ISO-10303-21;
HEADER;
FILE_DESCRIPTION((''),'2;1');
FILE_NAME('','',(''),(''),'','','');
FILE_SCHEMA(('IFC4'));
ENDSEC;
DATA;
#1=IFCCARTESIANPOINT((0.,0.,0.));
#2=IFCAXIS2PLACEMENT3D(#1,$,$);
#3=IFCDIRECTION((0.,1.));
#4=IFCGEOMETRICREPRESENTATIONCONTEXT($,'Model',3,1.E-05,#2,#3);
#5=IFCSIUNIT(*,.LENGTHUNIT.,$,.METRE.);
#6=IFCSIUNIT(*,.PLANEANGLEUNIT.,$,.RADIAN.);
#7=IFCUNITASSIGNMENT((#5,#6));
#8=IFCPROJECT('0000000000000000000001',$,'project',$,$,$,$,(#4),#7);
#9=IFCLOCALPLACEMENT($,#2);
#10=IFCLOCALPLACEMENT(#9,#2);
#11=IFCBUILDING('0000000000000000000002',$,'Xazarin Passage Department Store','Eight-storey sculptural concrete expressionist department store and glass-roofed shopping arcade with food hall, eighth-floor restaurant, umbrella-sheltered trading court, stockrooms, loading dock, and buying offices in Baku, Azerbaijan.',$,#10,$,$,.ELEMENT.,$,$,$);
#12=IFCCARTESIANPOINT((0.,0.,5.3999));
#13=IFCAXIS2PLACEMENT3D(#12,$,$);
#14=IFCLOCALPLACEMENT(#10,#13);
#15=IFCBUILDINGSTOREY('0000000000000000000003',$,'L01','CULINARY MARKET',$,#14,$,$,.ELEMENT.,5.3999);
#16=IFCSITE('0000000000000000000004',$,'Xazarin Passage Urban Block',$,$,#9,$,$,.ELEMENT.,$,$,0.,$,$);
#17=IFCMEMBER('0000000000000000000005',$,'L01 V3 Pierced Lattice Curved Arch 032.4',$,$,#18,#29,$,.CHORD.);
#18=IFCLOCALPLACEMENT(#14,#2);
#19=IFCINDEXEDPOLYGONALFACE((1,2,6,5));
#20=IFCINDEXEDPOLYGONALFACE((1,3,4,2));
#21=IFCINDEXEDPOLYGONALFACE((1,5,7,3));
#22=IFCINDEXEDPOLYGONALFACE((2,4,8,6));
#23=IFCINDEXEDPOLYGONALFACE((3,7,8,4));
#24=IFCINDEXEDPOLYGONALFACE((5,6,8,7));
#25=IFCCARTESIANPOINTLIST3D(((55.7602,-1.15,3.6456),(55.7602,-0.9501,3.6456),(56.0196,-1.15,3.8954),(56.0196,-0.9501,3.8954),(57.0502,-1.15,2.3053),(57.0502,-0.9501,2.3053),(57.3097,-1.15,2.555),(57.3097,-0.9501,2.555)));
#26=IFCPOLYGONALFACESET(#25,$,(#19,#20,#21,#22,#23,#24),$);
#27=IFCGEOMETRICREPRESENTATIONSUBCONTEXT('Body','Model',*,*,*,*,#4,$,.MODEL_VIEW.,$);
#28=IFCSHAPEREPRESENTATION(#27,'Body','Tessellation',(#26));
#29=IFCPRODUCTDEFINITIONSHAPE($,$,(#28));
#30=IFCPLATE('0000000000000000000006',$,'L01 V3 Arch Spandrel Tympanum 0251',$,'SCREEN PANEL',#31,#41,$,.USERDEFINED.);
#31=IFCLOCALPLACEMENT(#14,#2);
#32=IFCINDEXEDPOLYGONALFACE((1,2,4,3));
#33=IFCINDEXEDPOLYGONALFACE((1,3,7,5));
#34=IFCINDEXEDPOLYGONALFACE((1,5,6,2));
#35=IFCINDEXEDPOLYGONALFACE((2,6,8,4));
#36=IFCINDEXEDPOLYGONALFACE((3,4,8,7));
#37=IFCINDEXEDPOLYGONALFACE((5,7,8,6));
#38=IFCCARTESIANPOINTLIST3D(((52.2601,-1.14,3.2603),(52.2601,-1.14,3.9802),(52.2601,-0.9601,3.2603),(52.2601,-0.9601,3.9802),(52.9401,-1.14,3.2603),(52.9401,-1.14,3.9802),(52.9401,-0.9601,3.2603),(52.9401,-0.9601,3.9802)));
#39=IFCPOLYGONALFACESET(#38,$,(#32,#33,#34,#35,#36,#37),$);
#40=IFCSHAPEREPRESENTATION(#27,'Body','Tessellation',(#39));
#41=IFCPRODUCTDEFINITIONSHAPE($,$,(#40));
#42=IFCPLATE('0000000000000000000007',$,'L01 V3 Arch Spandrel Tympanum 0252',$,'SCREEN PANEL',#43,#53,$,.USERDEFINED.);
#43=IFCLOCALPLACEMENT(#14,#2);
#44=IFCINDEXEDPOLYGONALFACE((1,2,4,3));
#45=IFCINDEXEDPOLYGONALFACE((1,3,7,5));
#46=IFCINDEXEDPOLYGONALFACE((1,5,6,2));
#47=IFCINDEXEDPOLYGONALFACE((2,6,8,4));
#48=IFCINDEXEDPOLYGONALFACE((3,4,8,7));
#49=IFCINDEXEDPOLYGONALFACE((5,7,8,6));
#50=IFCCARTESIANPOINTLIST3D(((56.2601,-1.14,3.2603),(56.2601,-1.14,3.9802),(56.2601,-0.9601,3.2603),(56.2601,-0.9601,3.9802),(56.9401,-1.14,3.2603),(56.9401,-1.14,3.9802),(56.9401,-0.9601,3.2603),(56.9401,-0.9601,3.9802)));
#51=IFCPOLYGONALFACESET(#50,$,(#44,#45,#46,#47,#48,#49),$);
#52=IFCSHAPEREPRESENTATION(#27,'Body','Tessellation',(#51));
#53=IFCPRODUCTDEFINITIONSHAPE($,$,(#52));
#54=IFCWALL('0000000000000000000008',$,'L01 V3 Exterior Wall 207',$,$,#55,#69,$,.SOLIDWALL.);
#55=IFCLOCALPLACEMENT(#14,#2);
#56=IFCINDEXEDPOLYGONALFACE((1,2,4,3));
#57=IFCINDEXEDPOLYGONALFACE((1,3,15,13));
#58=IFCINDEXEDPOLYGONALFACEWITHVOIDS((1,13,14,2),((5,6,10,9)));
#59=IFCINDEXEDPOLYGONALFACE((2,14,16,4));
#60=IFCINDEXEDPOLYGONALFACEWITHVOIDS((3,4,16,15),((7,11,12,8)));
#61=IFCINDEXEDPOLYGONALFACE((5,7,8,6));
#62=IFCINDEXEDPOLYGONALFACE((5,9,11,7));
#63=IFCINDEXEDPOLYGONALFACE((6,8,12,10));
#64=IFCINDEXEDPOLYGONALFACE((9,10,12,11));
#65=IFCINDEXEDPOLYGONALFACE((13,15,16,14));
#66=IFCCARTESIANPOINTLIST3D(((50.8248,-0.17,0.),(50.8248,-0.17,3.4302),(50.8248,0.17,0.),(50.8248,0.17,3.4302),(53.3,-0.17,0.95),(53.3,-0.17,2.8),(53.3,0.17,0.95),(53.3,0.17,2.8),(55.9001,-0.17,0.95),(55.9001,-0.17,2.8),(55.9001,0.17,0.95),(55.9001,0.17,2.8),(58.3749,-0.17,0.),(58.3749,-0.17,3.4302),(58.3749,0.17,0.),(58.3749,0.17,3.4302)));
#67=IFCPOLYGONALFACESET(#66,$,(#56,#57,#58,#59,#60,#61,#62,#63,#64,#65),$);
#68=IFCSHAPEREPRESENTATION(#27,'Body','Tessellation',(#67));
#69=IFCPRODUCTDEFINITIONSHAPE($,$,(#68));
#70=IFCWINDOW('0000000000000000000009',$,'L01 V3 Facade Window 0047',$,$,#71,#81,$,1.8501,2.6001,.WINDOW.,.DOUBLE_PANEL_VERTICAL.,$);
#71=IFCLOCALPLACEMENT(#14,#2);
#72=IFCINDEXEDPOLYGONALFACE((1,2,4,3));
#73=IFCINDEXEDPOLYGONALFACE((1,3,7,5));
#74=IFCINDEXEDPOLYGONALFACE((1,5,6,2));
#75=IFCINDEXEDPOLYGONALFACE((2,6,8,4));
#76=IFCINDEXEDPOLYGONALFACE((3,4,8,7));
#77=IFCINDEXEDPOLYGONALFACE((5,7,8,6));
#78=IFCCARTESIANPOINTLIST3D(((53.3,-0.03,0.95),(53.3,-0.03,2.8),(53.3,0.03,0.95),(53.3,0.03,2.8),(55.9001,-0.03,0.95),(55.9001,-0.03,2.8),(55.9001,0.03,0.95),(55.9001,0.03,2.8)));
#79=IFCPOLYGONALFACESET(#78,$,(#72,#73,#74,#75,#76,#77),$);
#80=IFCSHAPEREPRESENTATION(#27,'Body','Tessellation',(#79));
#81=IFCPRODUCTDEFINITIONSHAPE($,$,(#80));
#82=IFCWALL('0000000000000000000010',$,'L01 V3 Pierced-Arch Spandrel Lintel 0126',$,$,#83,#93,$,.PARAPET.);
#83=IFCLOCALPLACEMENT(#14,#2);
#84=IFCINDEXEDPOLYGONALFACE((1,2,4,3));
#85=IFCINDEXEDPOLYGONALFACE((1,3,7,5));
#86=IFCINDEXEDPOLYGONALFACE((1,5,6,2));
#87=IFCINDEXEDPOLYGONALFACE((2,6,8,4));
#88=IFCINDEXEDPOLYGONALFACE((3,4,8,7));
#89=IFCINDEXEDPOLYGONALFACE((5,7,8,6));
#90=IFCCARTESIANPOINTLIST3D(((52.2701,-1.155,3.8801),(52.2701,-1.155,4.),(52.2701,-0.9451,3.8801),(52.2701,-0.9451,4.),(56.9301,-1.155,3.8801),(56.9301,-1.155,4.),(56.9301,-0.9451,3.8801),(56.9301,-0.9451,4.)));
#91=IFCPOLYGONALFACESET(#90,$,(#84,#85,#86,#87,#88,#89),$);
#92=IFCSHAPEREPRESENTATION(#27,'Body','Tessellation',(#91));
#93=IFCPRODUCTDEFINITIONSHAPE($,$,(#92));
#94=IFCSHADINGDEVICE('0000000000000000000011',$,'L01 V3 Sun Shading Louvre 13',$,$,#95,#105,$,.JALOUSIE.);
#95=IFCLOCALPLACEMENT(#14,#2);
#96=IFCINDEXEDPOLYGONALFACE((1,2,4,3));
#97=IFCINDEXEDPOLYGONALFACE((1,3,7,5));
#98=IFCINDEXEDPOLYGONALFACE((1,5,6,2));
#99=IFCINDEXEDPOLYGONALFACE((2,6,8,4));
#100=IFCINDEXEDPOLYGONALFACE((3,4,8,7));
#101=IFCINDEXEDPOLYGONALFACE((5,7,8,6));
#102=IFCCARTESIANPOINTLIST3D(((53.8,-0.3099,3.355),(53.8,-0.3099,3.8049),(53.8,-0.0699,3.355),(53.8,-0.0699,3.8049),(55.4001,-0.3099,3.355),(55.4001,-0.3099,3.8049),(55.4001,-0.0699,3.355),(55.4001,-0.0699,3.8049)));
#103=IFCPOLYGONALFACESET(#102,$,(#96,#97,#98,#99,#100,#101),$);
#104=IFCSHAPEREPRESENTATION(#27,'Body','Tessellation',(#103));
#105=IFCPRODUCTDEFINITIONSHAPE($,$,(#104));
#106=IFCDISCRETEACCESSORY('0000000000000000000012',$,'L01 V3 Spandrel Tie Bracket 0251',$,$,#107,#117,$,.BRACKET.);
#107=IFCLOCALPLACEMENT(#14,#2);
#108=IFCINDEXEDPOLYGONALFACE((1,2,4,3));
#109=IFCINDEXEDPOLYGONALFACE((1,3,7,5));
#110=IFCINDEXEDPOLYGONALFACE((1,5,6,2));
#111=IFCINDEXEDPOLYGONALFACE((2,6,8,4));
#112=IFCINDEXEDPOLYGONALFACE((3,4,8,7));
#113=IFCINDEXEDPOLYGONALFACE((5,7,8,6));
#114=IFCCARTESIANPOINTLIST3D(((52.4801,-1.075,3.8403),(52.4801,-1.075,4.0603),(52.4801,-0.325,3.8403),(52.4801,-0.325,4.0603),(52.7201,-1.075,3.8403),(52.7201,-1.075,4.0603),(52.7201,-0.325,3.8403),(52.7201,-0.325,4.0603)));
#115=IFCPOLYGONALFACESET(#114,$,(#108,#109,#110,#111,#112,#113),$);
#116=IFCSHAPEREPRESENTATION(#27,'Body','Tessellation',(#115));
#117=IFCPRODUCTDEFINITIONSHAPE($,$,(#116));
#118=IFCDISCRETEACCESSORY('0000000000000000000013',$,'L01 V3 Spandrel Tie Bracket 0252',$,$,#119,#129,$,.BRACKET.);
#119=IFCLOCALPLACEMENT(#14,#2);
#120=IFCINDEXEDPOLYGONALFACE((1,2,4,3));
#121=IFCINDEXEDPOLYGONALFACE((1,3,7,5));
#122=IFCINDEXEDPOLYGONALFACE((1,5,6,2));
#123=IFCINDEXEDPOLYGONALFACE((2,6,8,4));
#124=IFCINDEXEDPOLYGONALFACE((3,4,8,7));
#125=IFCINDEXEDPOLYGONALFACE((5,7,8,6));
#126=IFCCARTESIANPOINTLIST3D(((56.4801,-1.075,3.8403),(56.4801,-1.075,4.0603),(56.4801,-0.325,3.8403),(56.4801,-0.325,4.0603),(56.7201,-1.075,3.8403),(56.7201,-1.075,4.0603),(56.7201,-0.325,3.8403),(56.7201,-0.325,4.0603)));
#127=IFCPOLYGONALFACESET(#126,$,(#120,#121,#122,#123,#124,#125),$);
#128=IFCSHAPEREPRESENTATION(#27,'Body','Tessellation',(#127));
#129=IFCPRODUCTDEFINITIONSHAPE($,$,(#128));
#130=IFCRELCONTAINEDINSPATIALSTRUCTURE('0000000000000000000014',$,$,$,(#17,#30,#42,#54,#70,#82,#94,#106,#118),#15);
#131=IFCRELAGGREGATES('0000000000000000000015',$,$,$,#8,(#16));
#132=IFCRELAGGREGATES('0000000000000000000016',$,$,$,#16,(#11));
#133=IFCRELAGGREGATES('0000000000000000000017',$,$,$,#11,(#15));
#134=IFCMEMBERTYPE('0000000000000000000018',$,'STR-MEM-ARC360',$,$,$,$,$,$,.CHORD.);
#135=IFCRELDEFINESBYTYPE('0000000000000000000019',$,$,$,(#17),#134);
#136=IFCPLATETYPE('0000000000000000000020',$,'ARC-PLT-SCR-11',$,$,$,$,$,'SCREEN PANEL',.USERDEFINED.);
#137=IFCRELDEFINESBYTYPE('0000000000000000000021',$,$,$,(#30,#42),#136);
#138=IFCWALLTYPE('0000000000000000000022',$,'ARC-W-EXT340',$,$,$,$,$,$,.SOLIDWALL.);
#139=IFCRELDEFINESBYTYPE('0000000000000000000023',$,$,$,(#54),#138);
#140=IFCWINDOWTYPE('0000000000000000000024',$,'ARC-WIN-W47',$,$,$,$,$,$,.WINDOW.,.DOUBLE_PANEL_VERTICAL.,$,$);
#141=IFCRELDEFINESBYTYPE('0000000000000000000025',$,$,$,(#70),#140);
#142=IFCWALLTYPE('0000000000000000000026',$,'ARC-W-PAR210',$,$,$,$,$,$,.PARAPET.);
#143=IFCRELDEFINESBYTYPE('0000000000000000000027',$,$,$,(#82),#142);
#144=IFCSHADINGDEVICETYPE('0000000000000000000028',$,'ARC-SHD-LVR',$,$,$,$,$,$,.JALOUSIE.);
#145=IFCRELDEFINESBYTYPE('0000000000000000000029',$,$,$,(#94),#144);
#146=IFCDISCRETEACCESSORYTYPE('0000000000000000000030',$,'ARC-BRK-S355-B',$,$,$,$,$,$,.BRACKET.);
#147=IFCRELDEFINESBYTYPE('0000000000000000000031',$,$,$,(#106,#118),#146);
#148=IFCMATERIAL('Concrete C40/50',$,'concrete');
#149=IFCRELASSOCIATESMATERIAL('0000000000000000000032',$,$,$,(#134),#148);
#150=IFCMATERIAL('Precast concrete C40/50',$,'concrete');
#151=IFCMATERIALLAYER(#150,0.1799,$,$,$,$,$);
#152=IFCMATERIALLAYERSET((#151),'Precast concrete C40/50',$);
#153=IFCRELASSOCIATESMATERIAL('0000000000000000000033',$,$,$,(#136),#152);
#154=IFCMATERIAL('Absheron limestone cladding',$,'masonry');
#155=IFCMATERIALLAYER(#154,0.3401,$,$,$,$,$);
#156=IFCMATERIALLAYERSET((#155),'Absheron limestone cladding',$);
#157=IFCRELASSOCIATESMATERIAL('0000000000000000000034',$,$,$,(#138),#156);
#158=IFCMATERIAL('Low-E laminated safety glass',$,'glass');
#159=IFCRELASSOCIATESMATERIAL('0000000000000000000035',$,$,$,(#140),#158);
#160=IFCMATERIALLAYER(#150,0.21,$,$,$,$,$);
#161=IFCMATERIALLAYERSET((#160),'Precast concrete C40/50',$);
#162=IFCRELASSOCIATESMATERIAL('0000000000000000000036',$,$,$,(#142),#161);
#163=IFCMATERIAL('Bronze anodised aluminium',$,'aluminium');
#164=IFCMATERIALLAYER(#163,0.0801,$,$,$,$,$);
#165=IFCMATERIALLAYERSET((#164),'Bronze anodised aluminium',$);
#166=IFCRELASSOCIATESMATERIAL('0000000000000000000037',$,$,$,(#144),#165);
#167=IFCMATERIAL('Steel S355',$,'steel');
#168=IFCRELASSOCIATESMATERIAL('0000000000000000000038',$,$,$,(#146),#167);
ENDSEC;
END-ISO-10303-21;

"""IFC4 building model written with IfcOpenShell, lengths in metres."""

from ifc_helpers import new_model, si_unit, direction, frame, frame_2d, origin, origin_2d, place, context, subcontext, project, spatial, rectangle, extrude, material, layer, layer_set, material_profile, profile_set, type_object, element, fill, save


model = new_model("IFC4")

# Units and contexts
model_context = context("Model", 3, precision=1e-05, world=origin(), true_north=direction((0.0, 1.0)))
body_context = subcontext(model_context, "Body", "Model", "MODEL_VIEW")
ifc_project = project(units=[si_unit("LENGTHUNIT", "METRE"), si_unit("PLANEANGLEUNIT", "RADIAN")], contexts=[model_context])

# Site, building, storey
site_placement = place(None, origin())
site = spatial("IfcSite", under=ifc_project, at=site_placement, Name="Xazarin Passage Urban Block", CompositionType="ELEMENT", RefElevation=0.0)
building_placement = place(site_placement, origin())
building = spatial("IfcBuilding", under=site, at=building_placement, Name="Xazarin Passage Department Store", Description="Eight-storey sculptural concrete expressionist department store and glass-roofed shopping arcade with food hall, eighth-floor restaurant, umbrella-sheltered trading court, stockrooms, loading dock, and buying offices in Baku, Azerbaijan.", CompositionType="ELEMENT")
storey_placement = place(building_placement, frame((0.0, 0.0, 5.3999)))
storey = spatial("IfcBuildingStorey", under=building, at=storey_placement, Name="L01", Description="CULINARY MARKET", CompositionType="ELEMENT", Elevation=5.3999)

# Shared definitions
ifc_material_1 = material(Name="Concrete C40/50", Category="concrete")

# Shared definitions
ifc_material_2 = material(Name="Bronze anodised aluminium", Category="aluminium")

# Member
ifc_material_profile_1 = material_profile(ifc_material_1, rectangle(XDim=0.2, YDim=0.3601, at=origin_2d()), Name="RC 200x360")
ifc_profile_set_1 = profile_set([ifc_material_profile_1], Name="Concrete C40/50")
member_type_1 = type_object("IfcMemberType", Name="STR-MEM-ARC360", PredefinedType="CHORD", material=ifc_profile_set_1)
member_1_placement = place(storey_placement, frame((55.8899, -1.05, 3.7705), z_axis=(0.69346, 0.0, -0.720495), x_axis=(0.0, 1.0, 0.0)))
element("IfcMember", 1, at=member_1_placement, inside=storey, type_object=member_type_1, Name="L01 V3 Pierced Lattice Curved Arch 032.4", PredefinedType="CHORD", context=body_context, shape_type="SweptSolid", body=[
    extrude(rectangle(XDim=0.2, YDim=0.3601, at=origin_2d()), origin(), (0.0, 0.0, 1.0), 1.8604),
])

# Plates
ifc_material_3 = material(Name="Precast concrete C40/50", Category="concrete")
ifc_layer_1 = layer(ifc_material_3, 0.1799)
ifc_layer_set_1 = layer_set([ifc_layer_1], Name="Precast concrete C40/50")
plate_type = type_object("IfcPlateType", Name="ARC-PLT-SCR-11", ElementType="SCREEN PANEL", PredefinedType="USERDEFINED", material=ifc_layer_set_1)
for number, where, z_axis, x_axis, name in (
    (2, (52.6001, -1.05, 3.2603), (0.0, 0.0, 1.0), (1.0, 0.0, 0.0), "L01 V3 Arch Spandrel Tympanum 0251"),
    (3, (56.6001, -1.05, 3.2603), (0.0, 0.0, 1.0), (1.0, 0.0, 0.0), "L01 V3 Arch Spandrel Tympanum 0252"),
):
    element("IfcPlate", number, at=place(storey_placement, frame(where, z_axis=z_axis, x_axis=x_axis)), inside=storey, type_object=plate_type, Name=name, ObjectType="SCREEN PANEL", PredefinedType="USERDEFINED", context=body_context, shape_type="SweptSolid", body=[
        extrude(rectangle(XDim=0.6799, YDim=0.1799, at=origin_2d()), origin(), (0.0, 0.0, 1.0), 0.72),
    ])

# Wall, opening, window
ifc_material_4 = material(Name="Absheron limestone cladding", Category="masonry")
ifc_layer_2 = layer(ifc_material_4, 0.3401)
ifc_layer_set_2 = layer_set([ifc_layer_2], Name="Absheron limestone cladding")
wall_type_1 = type_object("IfcWallType", Name="ARC-W-EXT340", PredefinedType="SOLIDWALL", material=ifc_layer_set_2)
wall_1_placement = place(storey_placement, frame((50.825, 0.0, 0.0), z_axis=(0.0, 0.0, 1.0), x_axis=(1.0, 0.0, 0.0)))
wall_1 = element("IfcWall", 4, at=wall_1_placement, inside=storey, type_object=wall_type_1, Name="L01 V3 Exterior Wall 207", PredefinedType="SOLIDWALL", context=body_context, shape_type="SweptSolid", body=[
    extrude(rectangle(XDim=7.55, YDim=0.3401, at=frame_2d((3.7749, 0.0))), origin(), (0.0, 0.0, 1.0), 3.4302),
])
opening_placement = place(wall_1_placement, frame((2.4751, 0.0, 0.95)))
opening = element("IfcOpeningElement", 5, at=opening_placement, cuts=wall_1, PredefinedType="OPENING", context=body_context, shape_type="SweptSolid", body=[
    extrude(rectangle(XDim=2.6001, YDim=1.8501, at=frame_2d((1.3, 0.925))), frame((0.0, 0.1799, 0.0), z_axis=(0.0, -1.0, 0.0), x_axis=(1.0, 0.0, 0.0)), (0.0, 0.0, 1.0), 0.3601),
])
ifc_material_5 = material(Name="Low-E laminated safety glass", Category="glass")
window_type = type_object("IfcWindowType", Name="ARC-WIN-W47", PartitioningType="DOUBLE_PANEL_VERTICAL", PredefinedType="WINDOW", material=ifc_material_5)
window_placement = place(opening_placement, origin())
window = element("IfcWindow", 6, at=window_placement, inside=storey, type_object=window_type, Name="L01 V3 Facade Window 0047", OverallHeight=1.8501, OverallWidth=2.6001, PartitioningType="DOUBLE_PANEL_VERTICAL", PredefinedType="WINDOW", context=body_context, shape_type="SweptSolid", body=[
    extrude(rectangle(XDim=2.6001, YDim=1.8501, at=frame_2d((1.3, 0.925))), frame((0.0, 0.03, 0.0), z_axis=(0.0, -1.0, 0.0), x_axis=(1.0, 0.0, 0.0)), (0.0, 0.0, 1.0), 0.0601),
])
fill(opening, window)

# Wall
ifc_layer_3 = layer(ifc_material_3, 0.21)
ifc_layer_set_3 = layer_set([ifc_layer_3], Name="Precast concrete C40/50")
wall_type_2 = type_object("IfcWallType", Name="ARC-W-PAR210", PredefinedType="PARAPET", material=ifc_layer_set_3)
wall_2_placement = place(storey_placement, frame((52.27, -1.05, 3.8801), z_axis=(0.0, 0.0, 1.0), x_axis=(1.0, 0.0, 0.0)))
element("IfcWall", 7, at=wall_2_placement, inside=storey, type_object=wall_type_2, Name="L01 V3 Pierced-Arch Spandrel Lintel 0126", PredefinedType="PARAPET", context=body_context, shape_type="SweptSolid", body=[
    extrude(rectangle(XDim=4.6599, YDim=0.21, at=frame_2d((2.3301, 0.0))), origin(), (0.0, 0.0, 1.0), 0.1199),
])

# Shading device
ifc_layer_4 = layer(ifc_material_2, 0.0801)
ifc_layer_set_4 = layer_set([ifc_layer_4], Name="Bronze anodised aluminium")
shading_device_type = type_object("IfcShadingDeviceType", Name="ARC-SHD-LVR", PredefinedType="JALOUSIE", material=ifc_layer_set_4)
shading_device_placement = place(storey_placement, frame((54.6001, -0.1899, 3.355), z_axis=(0.0, 0.0, 1.0), x_axis=(1.0, 0.0, 0.0)))
element("IfcShadingDevice", 8, at=shading_device_placement, inside=storey, type_object=shading_device_type, Name="L01 V3 Sun Shading Louvre 13", PredefinedType="JALOUSIE", context=body_context, shape_type="SweptSolid", body=[
    extrude(rectangle(XDim=1.6001, YDim=0.24, at=origin_2d()), origin(), (0.0, 0.0, 1.0), 0.45),
])

# Discrete accessories
ifc_material_6 = material(Name="Steel S355", Category="steel")
discrete_accessory_type = type_object("IfcDiscreteAccessoryType", Name="ARC-BRK-S355-B", PredefinedType="BRACKET", material=ifc_material_6)
for number, where, z_axis, x_axis, name in (
    (9, (52.6001, -0.7, 3.8403), (0.0, 0.0, 1.0), (1.0, 0.0, 0.0), "L01 V3 Spandrel Tie Bracket 0251"),
    (10, (56.6001, -0.7, 3.8403), (0.0, 0.0, 1.0), (1.0, 0.0, 0.0), "L01 V3 Spandrel Tie Bracket 0252"),
):
    element("IfcDiscreteAccessory", number, at=place(storey_placement, frame(where, z_axis=z_axis, x_axis=x_axis)), inside=storey, type_object=discrete_accessory_type, Name=name, PredefinedType="BRACKET", context=body_context, shape_type="SweptSolid", body=[
        extrude(rectangle(XDim=0.24, YDim=0.75, at=origin_2d()), origin(), (0.0, 0.0, 1.0), 0.22),
    ])

save(model, "model.ifc")
